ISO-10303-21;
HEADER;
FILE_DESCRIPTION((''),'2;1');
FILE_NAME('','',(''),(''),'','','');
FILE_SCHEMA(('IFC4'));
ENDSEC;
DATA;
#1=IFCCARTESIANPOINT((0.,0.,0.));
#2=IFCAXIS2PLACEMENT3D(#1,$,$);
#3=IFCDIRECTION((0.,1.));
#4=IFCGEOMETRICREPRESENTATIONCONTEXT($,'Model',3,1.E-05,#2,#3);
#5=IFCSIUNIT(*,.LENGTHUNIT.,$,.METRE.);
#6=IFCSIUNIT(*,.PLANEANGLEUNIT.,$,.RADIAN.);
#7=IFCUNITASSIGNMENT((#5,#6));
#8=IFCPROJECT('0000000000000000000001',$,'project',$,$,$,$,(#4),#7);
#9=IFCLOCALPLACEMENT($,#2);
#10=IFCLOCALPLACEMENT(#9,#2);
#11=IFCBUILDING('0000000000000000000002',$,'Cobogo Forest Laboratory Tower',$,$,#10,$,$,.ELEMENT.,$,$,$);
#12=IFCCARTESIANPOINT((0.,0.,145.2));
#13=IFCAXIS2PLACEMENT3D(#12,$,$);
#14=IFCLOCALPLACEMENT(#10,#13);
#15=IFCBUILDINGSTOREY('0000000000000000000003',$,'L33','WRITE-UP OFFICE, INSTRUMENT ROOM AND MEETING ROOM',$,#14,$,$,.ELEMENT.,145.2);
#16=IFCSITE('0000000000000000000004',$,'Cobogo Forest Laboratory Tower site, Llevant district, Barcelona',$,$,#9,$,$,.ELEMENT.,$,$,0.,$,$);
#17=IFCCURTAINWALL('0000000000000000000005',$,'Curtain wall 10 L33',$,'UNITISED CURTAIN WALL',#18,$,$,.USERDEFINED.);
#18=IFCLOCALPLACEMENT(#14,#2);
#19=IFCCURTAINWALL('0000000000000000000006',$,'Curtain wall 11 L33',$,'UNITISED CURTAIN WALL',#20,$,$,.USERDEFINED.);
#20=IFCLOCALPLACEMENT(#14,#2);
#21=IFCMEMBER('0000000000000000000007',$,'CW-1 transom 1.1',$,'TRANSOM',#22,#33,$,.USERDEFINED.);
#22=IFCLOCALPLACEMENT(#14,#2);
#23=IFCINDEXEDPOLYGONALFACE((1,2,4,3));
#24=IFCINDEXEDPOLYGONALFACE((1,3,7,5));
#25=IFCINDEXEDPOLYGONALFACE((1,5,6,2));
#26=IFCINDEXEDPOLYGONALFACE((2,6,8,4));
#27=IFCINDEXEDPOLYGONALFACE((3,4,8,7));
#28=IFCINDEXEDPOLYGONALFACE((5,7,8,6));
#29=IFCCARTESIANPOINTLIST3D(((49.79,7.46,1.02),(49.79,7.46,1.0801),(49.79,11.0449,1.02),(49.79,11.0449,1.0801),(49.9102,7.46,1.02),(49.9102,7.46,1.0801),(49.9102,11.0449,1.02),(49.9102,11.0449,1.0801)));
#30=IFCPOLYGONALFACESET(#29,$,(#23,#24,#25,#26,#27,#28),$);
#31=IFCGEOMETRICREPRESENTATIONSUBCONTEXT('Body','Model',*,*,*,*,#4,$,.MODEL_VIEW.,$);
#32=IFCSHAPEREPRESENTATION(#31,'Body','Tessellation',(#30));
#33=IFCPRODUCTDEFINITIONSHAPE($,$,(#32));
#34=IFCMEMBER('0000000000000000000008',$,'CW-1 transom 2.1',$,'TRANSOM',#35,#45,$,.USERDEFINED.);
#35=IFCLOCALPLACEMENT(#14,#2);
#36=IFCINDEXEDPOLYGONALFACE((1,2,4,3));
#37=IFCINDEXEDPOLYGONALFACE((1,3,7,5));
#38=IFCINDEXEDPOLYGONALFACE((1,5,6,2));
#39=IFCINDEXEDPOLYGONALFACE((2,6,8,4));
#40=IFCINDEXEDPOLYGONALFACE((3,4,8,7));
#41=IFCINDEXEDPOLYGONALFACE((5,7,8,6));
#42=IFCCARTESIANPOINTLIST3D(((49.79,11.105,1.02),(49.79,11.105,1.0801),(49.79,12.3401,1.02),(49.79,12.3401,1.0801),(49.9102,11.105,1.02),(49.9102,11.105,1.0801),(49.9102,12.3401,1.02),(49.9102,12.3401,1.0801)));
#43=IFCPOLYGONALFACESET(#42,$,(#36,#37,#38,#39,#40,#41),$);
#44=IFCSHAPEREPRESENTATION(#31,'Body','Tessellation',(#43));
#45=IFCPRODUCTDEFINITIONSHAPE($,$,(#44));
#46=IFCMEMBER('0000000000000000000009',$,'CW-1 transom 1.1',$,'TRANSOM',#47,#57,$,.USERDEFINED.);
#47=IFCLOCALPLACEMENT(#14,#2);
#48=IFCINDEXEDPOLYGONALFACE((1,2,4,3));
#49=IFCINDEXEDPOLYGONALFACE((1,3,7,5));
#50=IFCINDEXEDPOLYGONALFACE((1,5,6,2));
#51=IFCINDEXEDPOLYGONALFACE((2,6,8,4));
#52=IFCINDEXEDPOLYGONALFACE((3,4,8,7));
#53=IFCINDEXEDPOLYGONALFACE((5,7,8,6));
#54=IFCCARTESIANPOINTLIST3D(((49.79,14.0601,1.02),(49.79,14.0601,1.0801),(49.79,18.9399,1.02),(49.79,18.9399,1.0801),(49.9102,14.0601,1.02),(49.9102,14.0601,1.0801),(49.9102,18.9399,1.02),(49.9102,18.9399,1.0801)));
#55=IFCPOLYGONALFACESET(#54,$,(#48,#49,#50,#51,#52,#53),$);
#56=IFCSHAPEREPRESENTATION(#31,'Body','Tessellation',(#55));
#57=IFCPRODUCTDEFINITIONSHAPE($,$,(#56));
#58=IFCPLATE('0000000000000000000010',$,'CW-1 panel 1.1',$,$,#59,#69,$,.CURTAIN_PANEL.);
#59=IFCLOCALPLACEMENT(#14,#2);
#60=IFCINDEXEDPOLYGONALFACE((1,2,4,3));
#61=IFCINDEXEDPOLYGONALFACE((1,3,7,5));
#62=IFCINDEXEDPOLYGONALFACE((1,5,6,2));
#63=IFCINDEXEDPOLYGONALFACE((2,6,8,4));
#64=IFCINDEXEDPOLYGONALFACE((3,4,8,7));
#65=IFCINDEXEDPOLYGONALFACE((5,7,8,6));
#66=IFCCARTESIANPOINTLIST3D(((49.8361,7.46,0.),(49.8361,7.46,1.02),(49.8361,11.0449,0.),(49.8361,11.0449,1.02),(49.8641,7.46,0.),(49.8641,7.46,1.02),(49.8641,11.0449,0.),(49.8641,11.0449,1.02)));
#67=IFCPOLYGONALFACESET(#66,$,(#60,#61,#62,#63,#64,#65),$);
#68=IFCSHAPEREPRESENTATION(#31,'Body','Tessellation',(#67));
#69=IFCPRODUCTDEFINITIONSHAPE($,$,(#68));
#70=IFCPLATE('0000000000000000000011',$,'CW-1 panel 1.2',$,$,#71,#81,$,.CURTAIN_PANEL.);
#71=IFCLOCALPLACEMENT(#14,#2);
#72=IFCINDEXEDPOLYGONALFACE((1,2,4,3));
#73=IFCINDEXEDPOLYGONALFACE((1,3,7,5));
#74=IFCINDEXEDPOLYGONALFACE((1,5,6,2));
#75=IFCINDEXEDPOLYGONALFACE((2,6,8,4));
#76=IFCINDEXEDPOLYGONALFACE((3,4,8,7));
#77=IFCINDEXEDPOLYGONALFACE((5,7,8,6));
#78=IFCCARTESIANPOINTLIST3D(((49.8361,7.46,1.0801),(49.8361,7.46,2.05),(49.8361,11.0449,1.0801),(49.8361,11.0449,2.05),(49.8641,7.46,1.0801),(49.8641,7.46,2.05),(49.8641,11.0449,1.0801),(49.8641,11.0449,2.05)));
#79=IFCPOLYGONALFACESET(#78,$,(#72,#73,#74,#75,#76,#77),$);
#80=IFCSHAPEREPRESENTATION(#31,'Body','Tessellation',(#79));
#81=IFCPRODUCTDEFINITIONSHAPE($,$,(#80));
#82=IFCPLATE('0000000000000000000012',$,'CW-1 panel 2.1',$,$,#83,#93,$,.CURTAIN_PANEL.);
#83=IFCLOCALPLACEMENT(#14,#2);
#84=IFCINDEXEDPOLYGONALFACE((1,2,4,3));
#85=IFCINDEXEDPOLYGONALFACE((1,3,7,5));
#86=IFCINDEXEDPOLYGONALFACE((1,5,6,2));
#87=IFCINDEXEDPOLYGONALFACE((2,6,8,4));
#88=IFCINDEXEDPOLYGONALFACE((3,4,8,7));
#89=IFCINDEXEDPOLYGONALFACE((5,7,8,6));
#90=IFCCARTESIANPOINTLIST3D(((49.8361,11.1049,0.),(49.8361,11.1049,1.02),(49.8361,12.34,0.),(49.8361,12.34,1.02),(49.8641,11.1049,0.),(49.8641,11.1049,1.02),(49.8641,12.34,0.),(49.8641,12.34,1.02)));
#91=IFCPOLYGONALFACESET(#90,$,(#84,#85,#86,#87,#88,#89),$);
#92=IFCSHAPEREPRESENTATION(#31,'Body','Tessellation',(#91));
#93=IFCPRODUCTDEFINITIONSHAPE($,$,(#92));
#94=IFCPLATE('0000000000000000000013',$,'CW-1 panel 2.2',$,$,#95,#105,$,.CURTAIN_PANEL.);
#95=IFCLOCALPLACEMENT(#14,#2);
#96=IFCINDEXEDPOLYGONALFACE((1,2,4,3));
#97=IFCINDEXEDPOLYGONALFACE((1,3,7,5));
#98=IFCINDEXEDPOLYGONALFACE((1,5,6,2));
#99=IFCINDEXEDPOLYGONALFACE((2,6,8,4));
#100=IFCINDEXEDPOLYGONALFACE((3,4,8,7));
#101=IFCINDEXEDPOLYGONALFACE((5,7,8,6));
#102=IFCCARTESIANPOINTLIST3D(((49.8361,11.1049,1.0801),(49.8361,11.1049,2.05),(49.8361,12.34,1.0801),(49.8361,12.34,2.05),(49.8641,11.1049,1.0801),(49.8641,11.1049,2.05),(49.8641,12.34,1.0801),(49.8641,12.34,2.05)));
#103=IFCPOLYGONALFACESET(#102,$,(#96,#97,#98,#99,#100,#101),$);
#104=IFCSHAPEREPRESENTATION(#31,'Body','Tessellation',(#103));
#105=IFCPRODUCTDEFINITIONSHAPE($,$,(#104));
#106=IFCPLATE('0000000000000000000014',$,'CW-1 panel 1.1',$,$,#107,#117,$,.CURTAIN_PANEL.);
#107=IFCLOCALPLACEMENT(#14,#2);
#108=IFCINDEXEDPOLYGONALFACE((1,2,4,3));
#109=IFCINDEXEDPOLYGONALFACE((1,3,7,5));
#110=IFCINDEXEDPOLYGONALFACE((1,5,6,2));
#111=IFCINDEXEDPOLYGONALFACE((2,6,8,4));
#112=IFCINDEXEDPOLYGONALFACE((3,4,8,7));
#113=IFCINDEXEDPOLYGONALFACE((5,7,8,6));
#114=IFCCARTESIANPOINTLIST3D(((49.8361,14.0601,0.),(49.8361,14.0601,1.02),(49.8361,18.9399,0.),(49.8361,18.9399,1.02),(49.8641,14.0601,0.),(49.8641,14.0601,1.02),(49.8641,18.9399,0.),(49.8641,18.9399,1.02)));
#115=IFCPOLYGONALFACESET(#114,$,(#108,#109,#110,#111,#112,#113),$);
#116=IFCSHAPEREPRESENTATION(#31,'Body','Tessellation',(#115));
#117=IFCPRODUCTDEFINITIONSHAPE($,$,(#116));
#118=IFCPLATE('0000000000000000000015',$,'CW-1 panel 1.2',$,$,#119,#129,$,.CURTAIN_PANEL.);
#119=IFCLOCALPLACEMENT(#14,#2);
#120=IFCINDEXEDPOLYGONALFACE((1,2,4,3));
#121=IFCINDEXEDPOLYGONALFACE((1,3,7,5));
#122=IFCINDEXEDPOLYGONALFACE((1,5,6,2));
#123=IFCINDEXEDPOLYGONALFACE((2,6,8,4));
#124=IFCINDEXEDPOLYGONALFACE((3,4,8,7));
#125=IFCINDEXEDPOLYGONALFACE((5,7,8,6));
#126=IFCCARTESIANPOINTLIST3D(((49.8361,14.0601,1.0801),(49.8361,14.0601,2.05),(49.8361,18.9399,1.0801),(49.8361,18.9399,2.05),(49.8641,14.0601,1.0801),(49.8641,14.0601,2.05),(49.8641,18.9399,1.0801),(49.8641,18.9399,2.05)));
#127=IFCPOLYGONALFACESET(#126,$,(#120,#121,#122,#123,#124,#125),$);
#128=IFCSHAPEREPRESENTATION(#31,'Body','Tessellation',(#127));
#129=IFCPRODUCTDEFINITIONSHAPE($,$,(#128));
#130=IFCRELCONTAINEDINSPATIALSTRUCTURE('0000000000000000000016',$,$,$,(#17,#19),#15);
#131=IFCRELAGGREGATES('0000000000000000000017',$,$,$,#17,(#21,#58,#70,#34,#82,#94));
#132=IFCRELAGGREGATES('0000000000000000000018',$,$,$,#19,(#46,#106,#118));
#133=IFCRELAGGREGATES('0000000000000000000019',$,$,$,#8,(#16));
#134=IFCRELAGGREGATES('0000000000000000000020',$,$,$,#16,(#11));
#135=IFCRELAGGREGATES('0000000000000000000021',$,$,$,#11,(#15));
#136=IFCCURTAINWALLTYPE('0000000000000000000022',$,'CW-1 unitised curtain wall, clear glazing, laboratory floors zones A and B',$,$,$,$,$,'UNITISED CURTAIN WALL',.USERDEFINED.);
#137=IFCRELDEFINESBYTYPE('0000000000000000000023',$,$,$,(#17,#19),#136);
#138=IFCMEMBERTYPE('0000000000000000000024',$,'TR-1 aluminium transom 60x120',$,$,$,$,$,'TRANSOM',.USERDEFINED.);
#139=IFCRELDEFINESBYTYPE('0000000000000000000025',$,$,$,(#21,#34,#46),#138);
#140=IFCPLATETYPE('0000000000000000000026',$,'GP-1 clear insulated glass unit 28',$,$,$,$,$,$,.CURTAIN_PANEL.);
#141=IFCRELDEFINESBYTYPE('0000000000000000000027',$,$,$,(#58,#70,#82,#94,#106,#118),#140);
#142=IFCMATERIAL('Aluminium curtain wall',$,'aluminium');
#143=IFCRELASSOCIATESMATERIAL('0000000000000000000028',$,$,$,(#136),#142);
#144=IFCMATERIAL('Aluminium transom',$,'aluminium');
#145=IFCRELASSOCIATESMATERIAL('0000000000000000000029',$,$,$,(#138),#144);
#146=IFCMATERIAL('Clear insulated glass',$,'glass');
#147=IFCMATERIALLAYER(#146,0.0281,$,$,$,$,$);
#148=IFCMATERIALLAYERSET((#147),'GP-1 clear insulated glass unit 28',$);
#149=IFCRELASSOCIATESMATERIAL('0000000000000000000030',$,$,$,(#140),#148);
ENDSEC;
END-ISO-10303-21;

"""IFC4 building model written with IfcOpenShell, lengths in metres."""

from ifc_helpers import new_model, si_unit, direction, frame, origin, origin_2d, place, context, subcontext, project, spatial, rectangle, extrude, material, layer, layer_set, material_profile, profile_set, type_object, element, aggregate, save


model = new_model("IFC4")

# Units and contexts
model_context = context("Model", 3, precision=1e-05, world=origin(), true_north=direction((0.0, 1.0)))
body_context = subcontext(model_context, "Body", "Model", "MODEL_VIEW")
ifc_project = project(units=[si_unit("LENGTHUNIT", "METRE"), si_unit("PLANEANGLEUNIT", "RADIAN")], contexts=[model_context])

# Site, building, storey
site_placement = place(None, origin())
site = spatial("IfcSite", under=ifc_project, at=site_placement, Name="Cobogo Forest Laboratory Tower site, Llevant district, Barcelona", CompositionType="ELEMENT", RefElevation=0.0)
building_placement = place(site_placement, origin())
building = spatial("IfcBuilding", under=site, at=building_placement, Name="Cobogo Forest Laboratory Tower", CompositionType="ELEMENT")
storey_placement = place(building_placement, frame((0.0, 0.0, 145.2)))
storey = spatial("IfcBuildingStorey", under=building, at=storey_placement, Name="L33", Description="WRITE-UP OFFICE, INSTRUMENT ROOM AND MEETING ROOM", CompositionType="ELEMENT", Elevation=145.2)

# Curtain walls
ifc_material_1 = material(Name="Aluminium curtain wall", Category="aluminium")
curtain_wall_type = type_object("IfcCurtainWallType", Name="CW-1 unitised curtain wall, clear glazing, laboratory floors zones A and B", ElementType="UNITISED CURTAIN WALL", PredefinedType="USERDEFINED", material=ifc_material_1)
curtain_wall_1_placement = place(storey_placement, origin())
curtain_wall_1 = element("IfcCurtainWall", 1, at=curtain_wall_1_placement, inside=storey, type_object=curtain_wall_type, Name="Curtain wall 10 L33", ObjectType="UNITISED CURTAIN WALL", PredefinedType="USERDEFINED")
curtain_wall_2_placement = place(storey_placement, origin())
curtain_wall_2 = element("IfcCurtainWall", 2, at=curtain_wall_2_placement, inside=storey, type_object=curtain_wall_type, Name="Curtain wall 11 L33", ObjectType="UNITISED CURTAIN WALL", PredefinedType="USERDEFINED")

# Members
ifc_material_2 = material(Name="Aluminium transom", Category="aluminium")
ifc_material_profile_1 = material_profile(ifc_material_2, rectangle(XDim=0.1201, YDim=0.0601, at=origin_2d()), Name="AL 60x120")
ifc_profile_set_1 = profile_set([ifc_material_profile_1], Name="Aluminium transom")
member_type_1 = type_object("IfcMemberType", Name="TR-1 aluminium transom 60x120", ElementType="TRANSOM", PredefinedType="USERDEFINED", material=ifc_profile_set_1)
member_1_placement = place(storey_placement, frame((49.8501, 7.46, 1.05), z_axis=(0.0, 1.0, 0.0), x_axis=(-1.0, 0.0, 0.0)))
member_1 = element("IfcMember", 3, at=member_1_placement, type_object=member_type_1, Name="CW-1 transom 1.1", ObjectType="TRANSOM", PredefinedType="USERDEFINED", context=body_context, shape_type="SweptSolid", body=[
    extrude(rectangle(XDim=0.1201, YDim=0.0601, at=origin_2d()), origin(), (0.0, 0.0, 1.0), 3.585),
])
member_2_placement = place(storey_placement, frame((49.8501, 11.105, 1.05), z_axis=(0.0, 1.0, 0.0), x_axis=(-1.0, 0.0, 0.0)))
member_2 = element("IfcMember", 4, at=member_2_placement, type_object=member_type_1, Name="CW-1 transom 2.1", ObjectType="TRANSOM", PredefinedType="USERDEFINED", context=body_context, shape_type="SweptSolid", body=[
    extrude(rectangle(XDim=0.1201, YDim=0.0601, at=origin_2d()), origin(), (0.0, 0.0, 1.0), 1.2351),
])
member_3_placement = place(storey_placement, frame((49.8501, 14.0601, 1.05), z_axis=(0.0, 1.0, 0.0), x_axis=(-1.0, 0.0, 0.0)))
member_3 = element("IfcMember", 5, at=member_3_placement, type_object=member_type_1, Name="CW-1 transom 1.1", ObjectType="TRANSOM", PredefinedType="USERDEFINED", context=body_context, shape_type="SweptSolid", body=[
    extrude(rectangle(XDim=0.1201, YDim=0.0601, at=origin_2d()), origin(), (0.0, 0.0, 1.0), 4.8799),
])

# Plates
ifc_material_3 = material(Name="Clear insulated glass", Category="glass")
ifc_layer_1 = layer(ifc_material_3, 0.0281)
ifc_layer_set_1 = layer_set([ifc_layer_1], Name="GP-1 clear insulated glass unit 28")
plate_type_1 = type_object("IfcPlateType", Name="GP-1 clear insulated glass unit 28", PredefinedType="CURTAIN_PANEL", material=ifc_layer_set_1)
plate_1_placement = place(storey_placement, frame((49.8501, 9.2524, 0.0), z_axis=(0.0, 0.0, 1.0), x_axis=(0.0, 1.0, 0.0)))
plate_1 = element("IfcPlate", 6, at=plate_1_placement, type_object=plate_type_1, Name="CW-1 panel 1.1", PredefinedType="CURTAIN_PANEL", context=body_context, shape_type="SweptSolid", body=[
    extrude(rectangle(XDim=3.585, YDim=0.0281, at=origin_2d()), origin(), (0.0, 0.0, 1.0), 1.02),
])
plate_2_placement = place(storey_placement, frame((49.8501, 9.2524, 1.0801), z_axis=(0.0, 0.0, 1.0), x_axis=(0.0, 1.0, 0.0)))
plate_2 = element("IfcPlate", 7, at=plate_2_placement, type_object=plate_type_1, Name="CW-1 panel 1.2", PredefinedType="CURTAIN_PANEL", context=body_context, shape_type="SweptSolid", body=[
    extrude(rectangle(XDim=3.585, YDim=0.0281, at=origin_2d()), origin(), (0.0, 0.0, 1.0), 0.97),
])
plate_3_placement = place(storey_placement, frame((49.8501, 11.7224, 0.0), z_axis=(0.0, 0.0, 1.0), x_axis=(0.0, 1.0, 0.0)))
plate_3 = element("IfcPlate", 8, at=plate_3_placement, type_object=plate_type_1, Name="CW-1 panel 2.1", PredefinedType="CURTAIN_PANEL", context=body_context, shape_type="SweptSolid", body=[
    extrude(rectangle(XDim=1.2351, YDim=0.0281, at=origin_2d()), origin(), (0.0, 0.0, 1.0), 1.02),
])
plate_4_placement = place(storey_placement, frame((49.8501, 11.7224, 1.0801), z_axis=(0.0, 0.0, 1.0), x_axis=(0.0, 1.0, 0.0)))
plate_4 = element("IfcPlate", 9, at=plate_4_placement, type_object=plate_type_1, Name="CW-1 panel 2.2", PredefinedType="CURTAIN_PANEL", context=body_context, shape_type="SweptSolid", body=[
    extrude(rectangle(XDim=1.2351, YDim=0.0281, at=origin_2d()), origin(), (0.0, 0.0, 1.0), 0.97),
])
aggregate(curtain_wall_1, [member_1, plate_1, plate_2, member_2, plate_3, plate_4])
plate_5_placement = place(storey_placement, frame((49.8501, 16.5, 0.0), z_axis=(0.0, 0.0, 1.0), x_axis=(0.0, 1.0, 0.0)))
plate_5 = element("IfcPlate", 10, at=plate_5_placement, type_object=plate_type_1, Name="CW-1 panel 1.1", PredefinedType="CURTAIN_PANEL", context=body_context, shape_type="SweptSolid", body=[
    extrude(rectangle(XDim=4.8799, YDim=0.0281, at=origin_2d()), origin(), (0.0, 0.0, 1.0), 1.02),
])
plate_6_placement = place(storey_placement, frame((49.8501, 16.5, 1.0801), z_axis=(0.0, 0.0, 1.0), x_axis=(0.0, 1.0, 0.0)))
plate_6 = element("IfcPlate", 11, at=plate_6_placement, type_object=plate_type_1, Name="CW-1 panel 1.2", PredefinedType="CURTAIN_PANEL", context=body_context, shape_type="SweptSolid", body=[
    extrude(rectangle(XDim=4.8799, YDim=0.0281, at=origin_2d()), origin(), (0.0, 0.0, 1.0), 0.97),
])
aggregate(curtain_wall_2, [member_3, plate_5, plate_6])

save(model, "model.ifc")
